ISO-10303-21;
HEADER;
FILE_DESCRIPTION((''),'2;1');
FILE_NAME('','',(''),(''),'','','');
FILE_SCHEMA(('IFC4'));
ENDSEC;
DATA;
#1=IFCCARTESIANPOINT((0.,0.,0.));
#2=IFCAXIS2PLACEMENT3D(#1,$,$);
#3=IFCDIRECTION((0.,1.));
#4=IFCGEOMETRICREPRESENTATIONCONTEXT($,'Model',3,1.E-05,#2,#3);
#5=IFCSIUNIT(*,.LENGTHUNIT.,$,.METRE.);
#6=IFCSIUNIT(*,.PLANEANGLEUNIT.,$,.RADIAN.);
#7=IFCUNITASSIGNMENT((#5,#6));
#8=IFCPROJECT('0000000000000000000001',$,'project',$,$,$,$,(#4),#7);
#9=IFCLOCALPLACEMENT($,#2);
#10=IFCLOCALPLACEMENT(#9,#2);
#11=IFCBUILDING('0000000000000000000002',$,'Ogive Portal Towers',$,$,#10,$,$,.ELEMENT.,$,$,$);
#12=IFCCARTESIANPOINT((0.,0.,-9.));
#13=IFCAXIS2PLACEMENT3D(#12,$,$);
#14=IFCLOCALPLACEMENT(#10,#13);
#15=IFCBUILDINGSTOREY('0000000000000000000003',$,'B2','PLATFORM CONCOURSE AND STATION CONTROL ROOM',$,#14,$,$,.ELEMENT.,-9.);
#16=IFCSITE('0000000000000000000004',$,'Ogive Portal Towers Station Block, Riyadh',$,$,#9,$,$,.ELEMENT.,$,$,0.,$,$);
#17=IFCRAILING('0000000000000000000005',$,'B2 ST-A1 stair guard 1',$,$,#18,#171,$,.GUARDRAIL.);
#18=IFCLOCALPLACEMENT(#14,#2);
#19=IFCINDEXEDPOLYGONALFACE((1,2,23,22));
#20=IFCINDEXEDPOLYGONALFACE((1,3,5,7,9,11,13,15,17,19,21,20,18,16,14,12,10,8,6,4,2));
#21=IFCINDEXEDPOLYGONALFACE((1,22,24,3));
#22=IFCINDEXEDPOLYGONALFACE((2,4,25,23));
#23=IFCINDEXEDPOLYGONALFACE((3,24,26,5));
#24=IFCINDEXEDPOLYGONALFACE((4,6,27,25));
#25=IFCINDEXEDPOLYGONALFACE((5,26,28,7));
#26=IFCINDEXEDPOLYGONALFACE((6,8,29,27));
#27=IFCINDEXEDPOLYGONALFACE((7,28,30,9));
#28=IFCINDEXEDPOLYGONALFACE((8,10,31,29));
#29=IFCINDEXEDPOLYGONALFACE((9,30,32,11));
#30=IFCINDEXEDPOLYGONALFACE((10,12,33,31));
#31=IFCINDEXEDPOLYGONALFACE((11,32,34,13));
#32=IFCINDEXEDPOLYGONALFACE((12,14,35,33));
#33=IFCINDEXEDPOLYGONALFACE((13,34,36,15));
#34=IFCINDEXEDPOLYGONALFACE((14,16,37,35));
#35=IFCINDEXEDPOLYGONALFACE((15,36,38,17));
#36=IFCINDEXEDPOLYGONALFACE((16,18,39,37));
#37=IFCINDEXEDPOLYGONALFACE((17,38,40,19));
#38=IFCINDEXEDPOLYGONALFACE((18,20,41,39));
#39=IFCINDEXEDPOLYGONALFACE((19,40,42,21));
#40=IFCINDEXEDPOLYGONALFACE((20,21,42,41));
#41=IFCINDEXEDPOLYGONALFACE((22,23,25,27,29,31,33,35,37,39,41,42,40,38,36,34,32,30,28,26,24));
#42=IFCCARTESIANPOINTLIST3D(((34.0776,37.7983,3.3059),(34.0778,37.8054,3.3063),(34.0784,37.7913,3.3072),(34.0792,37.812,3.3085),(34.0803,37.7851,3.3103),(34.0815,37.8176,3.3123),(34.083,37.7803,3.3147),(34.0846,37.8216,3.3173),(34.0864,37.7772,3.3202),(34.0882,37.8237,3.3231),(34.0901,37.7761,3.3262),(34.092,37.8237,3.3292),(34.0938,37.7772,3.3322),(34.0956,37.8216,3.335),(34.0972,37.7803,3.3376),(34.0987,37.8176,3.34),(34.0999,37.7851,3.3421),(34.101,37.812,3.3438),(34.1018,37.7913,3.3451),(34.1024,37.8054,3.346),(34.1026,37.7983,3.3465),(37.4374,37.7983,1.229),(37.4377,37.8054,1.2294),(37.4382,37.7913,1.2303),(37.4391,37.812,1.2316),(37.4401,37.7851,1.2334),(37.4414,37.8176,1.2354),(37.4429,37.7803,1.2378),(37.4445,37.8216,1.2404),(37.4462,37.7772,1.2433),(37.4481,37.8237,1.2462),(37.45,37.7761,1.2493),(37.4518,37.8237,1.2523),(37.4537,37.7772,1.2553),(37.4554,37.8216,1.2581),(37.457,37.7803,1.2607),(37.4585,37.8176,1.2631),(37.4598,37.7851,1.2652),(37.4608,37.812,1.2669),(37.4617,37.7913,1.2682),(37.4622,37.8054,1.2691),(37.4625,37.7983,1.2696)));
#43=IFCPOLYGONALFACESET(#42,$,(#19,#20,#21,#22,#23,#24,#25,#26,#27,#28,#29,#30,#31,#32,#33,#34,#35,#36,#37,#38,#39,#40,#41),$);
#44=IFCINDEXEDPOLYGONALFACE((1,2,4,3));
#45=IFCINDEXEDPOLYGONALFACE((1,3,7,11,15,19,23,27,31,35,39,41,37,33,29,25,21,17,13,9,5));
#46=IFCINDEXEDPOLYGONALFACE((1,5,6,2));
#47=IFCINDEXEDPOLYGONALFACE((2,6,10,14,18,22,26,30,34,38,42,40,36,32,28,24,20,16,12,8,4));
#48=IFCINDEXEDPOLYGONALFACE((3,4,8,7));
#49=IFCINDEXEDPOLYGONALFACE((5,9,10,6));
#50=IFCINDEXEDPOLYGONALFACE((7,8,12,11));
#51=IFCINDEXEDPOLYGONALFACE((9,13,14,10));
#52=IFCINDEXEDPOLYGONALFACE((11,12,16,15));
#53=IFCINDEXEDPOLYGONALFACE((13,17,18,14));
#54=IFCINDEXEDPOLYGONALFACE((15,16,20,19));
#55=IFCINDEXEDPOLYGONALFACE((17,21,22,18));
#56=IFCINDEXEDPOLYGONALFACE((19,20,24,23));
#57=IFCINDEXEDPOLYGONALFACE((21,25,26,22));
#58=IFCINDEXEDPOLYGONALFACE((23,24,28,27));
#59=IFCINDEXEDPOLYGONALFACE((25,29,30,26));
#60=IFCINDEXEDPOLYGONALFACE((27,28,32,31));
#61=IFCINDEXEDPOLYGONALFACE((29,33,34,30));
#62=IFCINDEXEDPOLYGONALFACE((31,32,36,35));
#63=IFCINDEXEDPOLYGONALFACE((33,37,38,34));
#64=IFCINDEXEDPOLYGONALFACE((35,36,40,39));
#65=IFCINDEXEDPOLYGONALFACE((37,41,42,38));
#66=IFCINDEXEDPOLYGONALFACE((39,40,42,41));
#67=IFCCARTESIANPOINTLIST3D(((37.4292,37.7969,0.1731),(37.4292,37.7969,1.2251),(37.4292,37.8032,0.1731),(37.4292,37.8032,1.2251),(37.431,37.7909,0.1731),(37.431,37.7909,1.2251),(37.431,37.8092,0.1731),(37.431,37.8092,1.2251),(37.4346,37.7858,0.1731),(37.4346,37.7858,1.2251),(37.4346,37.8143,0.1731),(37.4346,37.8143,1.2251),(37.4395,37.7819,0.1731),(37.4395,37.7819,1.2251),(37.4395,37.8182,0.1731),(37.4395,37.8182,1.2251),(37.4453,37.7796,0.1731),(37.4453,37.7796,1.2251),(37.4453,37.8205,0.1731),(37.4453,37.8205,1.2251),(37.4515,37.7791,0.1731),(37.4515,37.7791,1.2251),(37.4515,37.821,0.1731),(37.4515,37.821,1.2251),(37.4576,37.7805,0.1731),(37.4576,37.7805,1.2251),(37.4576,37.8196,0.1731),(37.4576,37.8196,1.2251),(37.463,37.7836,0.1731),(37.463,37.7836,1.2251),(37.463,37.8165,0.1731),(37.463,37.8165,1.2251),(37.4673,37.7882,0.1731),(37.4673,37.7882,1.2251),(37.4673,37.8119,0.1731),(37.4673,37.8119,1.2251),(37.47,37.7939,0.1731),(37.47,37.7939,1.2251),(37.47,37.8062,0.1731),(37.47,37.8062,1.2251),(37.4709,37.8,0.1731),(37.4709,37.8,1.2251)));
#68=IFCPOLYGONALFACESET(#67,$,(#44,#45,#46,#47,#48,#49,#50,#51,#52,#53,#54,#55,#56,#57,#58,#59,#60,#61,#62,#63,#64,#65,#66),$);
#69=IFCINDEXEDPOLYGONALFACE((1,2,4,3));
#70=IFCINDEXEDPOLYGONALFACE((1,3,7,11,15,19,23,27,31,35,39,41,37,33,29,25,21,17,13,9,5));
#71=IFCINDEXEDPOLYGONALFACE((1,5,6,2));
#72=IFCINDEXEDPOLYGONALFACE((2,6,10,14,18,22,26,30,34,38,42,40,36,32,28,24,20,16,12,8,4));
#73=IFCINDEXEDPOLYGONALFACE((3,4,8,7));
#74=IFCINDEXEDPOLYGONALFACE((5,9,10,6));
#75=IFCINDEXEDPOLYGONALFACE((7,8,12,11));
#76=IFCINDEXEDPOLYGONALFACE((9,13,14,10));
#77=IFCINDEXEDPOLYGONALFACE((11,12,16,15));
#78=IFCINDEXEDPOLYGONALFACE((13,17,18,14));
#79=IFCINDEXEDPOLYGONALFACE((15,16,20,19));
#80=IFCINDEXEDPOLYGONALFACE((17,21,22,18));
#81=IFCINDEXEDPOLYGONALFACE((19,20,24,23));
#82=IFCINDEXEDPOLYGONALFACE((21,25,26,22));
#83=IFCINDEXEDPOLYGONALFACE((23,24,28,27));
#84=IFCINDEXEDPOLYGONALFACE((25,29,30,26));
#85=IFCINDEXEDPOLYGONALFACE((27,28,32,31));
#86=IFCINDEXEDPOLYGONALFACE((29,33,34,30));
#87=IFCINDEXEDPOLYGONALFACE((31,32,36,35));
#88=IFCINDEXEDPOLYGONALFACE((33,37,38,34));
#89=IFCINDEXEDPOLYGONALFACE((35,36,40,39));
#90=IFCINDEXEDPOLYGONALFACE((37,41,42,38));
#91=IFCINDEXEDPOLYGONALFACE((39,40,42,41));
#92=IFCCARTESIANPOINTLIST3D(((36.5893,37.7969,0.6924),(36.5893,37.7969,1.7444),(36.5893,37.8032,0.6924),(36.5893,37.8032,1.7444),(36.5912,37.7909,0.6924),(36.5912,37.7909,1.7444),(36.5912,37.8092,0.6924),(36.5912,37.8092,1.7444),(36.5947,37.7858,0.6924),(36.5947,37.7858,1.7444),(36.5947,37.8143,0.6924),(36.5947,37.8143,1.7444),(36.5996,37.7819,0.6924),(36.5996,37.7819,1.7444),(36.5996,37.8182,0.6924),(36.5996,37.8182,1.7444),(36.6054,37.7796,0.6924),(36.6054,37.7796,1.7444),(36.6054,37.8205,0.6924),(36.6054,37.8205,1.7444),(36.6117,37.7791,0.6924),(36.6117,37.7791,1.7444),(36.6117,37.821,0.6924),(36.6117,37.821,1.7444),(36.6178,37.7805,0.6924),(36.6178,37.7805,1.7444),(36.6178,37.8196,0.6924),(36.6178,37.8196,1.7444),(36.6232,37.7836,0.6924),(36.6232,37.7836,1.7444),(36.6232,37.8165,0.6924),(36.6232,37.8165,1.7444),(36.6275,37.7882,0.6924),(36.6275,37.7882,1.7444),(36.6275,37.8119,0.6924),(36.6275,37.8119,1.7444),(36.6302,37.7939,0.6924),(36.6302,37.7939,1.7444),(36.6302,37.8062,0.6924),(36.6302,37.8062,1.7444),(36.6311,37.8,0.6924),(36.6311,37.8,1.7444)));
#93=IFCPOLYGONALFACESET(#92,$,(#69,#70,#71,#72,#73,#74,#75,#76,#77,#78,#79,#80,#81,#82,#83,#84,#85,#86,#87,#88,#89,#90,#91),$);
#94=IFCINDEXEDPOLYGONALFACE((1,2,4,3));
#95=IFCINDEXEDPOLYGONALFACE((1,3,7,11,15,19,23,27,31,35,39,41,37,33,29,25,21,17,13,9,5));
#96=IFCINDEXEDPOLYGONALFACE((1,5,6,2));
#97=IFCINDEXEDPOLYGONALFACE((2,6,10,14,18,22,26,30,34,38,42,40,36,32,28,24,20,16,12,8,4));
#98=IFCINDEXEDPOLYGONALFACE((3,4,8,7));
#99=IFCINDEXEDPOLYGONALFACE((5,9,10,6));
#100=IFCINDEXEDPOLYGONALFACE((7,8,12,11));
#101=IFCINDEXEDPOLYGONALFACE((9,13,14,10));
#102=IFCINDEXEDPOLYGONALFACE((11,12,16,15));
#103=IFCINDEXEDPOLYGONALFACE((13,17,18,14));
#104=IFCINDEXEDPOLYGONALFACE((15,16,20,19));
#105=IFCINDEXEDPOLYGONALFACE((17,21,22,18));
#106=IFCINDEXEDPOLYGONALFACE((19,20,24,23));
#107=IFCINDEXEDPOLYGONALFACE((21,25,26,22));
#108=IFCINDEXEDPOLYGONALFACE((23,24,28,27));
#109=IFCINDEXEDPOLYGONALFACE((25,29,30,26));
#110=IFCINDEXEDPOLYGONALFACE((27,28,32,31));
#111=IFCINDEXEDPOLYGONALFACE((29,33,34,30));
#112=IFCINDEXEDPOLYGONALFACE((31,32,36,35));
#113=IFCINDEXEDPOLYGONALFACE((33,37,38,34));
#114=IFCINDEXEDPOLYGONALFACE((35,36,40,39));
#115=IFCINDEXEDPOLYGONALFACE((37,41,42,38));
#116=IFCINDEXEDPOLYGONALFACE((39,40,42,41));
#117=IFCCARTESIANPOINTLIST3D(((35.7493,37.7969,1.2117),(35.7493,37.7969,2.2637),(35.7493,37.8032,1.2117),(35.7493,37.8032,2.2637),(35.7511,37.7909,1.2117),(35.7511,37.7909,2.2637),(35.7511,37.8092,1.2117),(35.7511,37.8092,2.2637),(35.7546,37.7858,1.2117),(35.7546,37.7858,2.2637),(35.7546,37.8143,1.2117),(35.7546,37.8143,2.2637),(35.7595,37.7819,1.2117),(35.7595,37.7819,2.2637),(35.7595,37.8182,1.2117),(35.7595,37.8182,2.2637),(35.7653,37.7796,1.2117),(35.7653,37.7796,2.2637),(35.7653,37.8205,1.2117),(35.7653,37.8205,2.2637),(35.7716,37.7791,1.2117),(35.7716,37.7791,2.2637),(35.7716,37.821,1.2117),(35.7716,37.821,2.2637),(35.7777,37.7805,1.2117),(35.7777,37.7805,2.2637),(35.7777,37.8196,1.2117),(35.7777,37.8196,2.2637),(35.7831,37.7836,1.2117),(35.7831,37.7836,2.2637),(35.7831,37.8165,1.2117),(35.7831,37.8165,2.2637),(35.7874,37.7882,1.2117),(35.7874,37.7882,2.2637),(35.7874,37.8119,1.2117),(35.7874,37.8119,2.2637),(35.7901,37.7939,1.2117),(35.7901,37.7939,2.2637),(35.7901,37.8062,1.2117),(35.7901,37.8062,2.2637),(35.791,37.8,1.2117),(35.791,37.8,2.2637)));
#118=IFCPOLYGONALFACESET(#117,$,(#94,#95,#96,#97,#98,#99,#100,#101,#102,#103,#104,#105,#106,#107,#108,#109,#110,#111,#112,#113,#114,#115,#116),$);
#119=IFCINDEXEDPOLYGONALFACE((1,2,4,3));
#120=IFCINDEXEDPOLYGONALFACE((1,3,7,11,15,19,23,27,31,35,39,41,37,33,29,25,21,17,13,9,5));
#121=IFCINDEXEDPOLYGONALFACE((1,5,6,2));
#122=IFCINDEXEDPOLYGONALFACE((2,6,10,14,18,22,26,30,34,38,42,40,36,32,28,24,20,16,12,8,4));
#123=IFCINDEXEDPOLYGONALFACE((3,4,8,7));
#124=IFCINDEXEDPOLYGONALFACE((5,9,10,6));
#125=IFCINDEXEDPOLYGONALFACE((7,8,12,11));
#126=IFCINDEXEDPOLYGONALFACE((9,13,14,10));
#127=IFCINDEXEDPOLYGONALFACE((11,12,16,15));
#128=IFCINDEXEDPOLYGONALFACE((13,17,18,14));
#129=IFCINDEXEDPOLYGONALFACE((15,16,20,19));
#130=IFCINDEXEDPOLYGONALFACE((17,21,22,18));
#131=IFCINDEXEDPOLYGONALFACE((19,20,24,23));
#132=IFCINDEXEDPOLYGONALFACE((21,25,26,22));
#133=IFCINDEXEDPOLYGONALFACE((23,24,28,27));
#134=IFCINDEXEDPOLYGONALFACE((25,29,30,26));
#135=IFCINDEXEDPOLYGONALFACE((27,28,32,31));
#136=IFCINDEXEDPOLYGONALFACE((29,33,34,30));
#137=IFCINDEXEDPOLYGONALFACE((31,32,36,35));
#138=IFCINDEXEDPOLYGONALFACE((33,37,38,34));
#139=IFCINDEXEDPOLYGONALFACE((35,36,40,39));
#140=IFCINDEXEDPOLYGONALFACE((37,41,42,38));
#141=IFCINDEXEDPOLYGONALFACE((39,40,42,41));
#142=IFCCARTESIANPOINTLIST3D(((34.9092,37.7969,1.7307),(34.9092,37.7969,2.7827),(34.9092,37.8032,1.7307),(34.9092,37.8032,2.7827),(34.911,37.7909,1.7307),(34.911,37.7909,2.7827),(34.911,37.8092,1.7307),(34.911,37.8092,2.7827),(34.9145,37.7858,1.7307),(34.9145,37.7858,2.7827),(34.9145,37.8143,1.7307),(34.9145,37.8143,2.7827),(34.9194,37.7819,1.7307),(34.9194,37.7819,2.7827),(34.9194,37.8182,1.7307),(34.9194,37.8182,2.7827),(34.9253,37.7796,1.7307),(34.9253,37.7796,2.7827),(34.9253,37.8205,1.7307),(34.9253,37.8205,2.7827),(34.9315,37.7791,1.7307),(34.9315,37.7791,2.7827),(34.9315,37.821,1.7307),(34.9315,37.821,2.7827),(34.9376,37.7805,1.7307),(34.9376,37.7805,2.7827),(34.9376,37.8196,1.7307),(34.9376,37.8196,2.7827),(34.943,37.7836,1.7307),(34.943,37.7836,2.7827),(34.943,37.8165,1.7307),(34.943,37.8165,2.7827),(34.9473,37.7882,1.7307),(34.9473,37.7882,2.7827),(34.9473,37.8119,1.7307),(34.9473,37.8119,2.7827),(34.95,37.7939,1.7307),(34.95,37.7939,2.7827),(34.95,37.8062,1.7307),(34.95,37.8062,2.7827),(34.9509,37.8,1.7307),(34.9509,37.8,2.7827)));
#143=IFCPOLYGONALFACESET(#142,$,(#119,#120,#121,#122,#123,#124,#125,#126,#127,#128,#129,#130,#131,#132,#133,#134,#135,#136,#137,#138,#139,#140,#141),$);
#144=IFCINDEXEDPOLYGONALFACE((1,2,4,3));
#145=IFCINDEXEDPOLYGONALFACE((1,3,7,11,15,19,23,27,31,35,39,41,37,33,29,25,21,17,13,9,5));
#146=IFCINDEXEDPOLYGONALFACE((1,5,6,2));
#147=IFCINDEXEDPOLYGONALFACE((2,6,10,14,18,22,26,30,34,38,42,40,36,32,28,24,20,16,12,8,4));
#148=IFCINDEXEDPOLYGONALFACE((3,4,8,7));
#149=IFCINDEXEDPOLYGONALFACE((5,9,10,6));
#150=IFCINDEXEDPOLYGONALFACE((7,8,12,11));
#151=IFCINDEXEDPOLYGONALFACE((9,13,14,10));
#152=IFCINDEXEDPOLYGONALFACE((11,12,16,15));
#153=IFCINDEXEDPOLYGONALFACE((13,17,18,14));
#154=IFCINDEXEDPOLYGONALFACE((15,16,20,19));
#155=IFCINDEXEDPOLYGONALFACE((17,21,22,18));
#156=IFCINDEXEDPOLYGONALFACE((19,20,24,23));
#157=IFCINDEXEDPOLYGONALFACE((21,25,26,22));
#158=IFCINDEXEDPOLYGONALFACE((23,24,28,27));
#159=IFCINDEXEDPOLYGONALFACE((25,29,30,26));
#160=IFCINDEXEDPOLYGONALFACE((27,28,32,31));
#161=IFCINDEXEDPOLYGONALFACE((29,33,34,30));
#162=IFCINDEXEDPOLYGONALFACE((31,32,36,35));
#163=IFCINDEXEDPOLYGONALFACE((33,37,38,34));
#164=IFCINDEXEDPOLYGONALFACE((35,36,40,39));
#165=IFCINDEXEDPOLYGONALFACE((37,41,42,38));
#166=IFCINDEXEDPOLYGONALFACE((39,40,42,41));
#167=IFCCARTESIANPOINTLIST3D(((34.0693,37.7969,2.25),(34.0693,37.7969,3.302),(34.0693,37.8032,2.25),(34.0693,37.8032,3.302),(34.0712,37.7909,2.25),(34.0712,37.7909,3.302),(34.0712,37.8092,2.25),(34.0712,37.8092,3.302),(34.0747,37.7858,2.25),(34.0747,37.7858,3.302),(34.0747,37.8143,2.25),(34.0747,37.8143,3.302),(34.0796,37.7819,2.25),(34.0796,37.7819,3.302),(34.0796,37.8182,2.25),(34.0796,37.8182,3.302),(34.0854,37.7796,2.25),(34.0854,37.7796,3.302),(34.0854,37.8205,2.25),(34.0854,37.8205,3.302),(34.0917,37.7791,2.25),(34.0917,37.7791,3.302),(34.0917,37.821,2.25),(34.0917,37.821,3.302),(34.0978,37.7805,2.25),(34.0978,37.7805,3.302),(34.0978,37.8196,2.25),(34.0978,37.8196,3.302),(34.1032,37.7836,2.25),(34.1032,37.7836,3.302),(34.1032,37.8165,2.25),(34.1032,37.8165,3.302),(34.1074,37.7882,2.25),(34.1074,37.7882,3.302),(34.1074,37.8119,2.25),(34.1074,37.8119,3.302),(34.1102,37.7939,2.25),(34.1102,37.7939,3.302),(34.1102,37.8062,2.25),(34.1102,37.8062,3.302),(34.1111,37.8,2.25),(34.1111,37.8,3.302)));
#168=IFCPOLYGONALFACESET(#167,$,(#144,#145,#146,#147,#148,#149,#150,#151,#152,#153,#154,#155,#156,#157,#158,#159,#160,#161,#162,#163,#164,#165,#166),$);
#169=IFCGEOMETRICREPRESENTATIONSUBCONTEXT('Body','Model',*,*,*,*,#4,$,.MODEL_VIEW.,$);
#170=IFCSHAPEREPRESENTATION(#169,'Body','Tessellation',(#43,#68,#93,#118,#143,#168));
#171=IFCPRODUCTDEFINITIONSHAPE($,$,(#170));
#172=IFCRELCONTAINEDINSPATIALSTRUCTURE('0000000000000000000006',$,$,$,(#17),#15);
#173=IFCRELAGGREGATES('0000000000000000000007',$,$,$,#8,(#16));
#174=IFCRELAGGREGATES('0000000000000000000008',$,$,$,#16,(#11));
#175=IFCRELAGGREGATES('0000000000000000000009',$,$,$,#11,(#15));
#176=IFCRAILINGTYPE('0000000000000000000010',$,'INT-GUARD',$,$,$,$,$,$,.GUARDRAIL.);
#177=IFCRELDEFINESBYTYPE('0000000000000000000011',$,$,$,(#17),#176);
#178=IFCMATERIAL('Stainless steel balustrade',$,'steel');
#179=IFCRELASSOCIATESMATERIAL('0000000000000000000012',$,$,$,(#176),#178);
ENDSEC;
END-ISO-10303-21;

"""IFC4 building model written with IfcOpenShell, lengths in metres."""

from ifc_helpers import new_model, si_unit, direction, frame, origin, origin_2d, place, context, subcontext, project, spatial, circle, extrude, material, type_object, element, save


model = new_model("IFC4")

# Units and contexts
model_context = context("Model", 3, precision=1e-05, world=origin(), true_north=direction((0.0, 1.0)))
body_context = subcontext(model_context, "Body", "Model", "MODEL_VIEW")
ifc_project = project(units=[si_unit("LENGTHUNIT", "METRE"), si_unit("PLANEANGLEUNIT", "RADIAN")], contexts=[model_context])

# Site, building, storey
site_placement = place(None, origin())
site = spatial("IfcSite", under=ifc_project, at=site_placement, Name="Ogive Portal Towers Station Block, Riyadh", CompositionType="ELEMENT", RefElevation=0.0)
building_placement = place(site_placement, origin())
building = spatial("IfcBuilding", under=site, at=building_placement, Name="Ogive Portal Towers", CompositionType="ELEMENT")
storey_placement = place(building_placement, frame((0.0, 0.0, -9.0)))
storey = spatial("IfcBuildingStorey", under=building, at=storey_placement, Name="B2", Description="PLATFORM CONCOURSE AND STATION CONTROL ROOM", CompositionType="ELEMENT", Elevation=-9.0)

# Railing
ifc_material_1 = material(Name="Stainless steel balustrade", Category="steel")
railing_type_1 = type_object("IfcRailingType", Name="INT-GUARD", PredefinedType="GUARDRAIL", material=ifc_material_1)
railing_1_placement = place(storey_placement, frame((37.45, 37.8, 0.1731)))
element("IfcRailing", 1, at=railing_1_placement, inside=storey, type_object=railing_type_1, Name="B2 ST-A1 stair guard 1", PredefinedType="GUARDRAIL", context=body_context, shape_type="SweptSolid", body=[
    extrude(circle(Radius=0.0239, at=origin_2d()), frame((0.0, 0.0, 1.0762), z_axis=(-0.850606, 0.0, 0.525803), x_axis=(0.0, -1.0, 0.0)), (0.0, 0.0, 1.0), 3.95),
    extrude(circle(Radius=0.021, at=origin_2d()), origin(), (0.0, 0.0, 1.0), 1.052),
    extrude(circle(Radius=0.021, at=origin_2d()), frame((-0.8398, 0.0, 0.5193)), (0.0, 0.0, 1.0), 1.052),
    extrude(circle(Radius=0.021, at=origin_2d()), frame((-1.6799, 0.0, 1.0386)), (0.0, 0.0, 1.0), 1.052),
    extrude(circle(Radius=0.021, at=origin_2d()), frame((-2.52, 0.0, 1.5576)), (0.0, 0.0, 1.0), 1.052),
    extrude(circle(Radius=0.021, at=origin_2d()), frame((-3.3599, 0.0, 2.0769)), (0.0, 0.0, 1.0), 1.052),
])

save(model, "model.ifc")
